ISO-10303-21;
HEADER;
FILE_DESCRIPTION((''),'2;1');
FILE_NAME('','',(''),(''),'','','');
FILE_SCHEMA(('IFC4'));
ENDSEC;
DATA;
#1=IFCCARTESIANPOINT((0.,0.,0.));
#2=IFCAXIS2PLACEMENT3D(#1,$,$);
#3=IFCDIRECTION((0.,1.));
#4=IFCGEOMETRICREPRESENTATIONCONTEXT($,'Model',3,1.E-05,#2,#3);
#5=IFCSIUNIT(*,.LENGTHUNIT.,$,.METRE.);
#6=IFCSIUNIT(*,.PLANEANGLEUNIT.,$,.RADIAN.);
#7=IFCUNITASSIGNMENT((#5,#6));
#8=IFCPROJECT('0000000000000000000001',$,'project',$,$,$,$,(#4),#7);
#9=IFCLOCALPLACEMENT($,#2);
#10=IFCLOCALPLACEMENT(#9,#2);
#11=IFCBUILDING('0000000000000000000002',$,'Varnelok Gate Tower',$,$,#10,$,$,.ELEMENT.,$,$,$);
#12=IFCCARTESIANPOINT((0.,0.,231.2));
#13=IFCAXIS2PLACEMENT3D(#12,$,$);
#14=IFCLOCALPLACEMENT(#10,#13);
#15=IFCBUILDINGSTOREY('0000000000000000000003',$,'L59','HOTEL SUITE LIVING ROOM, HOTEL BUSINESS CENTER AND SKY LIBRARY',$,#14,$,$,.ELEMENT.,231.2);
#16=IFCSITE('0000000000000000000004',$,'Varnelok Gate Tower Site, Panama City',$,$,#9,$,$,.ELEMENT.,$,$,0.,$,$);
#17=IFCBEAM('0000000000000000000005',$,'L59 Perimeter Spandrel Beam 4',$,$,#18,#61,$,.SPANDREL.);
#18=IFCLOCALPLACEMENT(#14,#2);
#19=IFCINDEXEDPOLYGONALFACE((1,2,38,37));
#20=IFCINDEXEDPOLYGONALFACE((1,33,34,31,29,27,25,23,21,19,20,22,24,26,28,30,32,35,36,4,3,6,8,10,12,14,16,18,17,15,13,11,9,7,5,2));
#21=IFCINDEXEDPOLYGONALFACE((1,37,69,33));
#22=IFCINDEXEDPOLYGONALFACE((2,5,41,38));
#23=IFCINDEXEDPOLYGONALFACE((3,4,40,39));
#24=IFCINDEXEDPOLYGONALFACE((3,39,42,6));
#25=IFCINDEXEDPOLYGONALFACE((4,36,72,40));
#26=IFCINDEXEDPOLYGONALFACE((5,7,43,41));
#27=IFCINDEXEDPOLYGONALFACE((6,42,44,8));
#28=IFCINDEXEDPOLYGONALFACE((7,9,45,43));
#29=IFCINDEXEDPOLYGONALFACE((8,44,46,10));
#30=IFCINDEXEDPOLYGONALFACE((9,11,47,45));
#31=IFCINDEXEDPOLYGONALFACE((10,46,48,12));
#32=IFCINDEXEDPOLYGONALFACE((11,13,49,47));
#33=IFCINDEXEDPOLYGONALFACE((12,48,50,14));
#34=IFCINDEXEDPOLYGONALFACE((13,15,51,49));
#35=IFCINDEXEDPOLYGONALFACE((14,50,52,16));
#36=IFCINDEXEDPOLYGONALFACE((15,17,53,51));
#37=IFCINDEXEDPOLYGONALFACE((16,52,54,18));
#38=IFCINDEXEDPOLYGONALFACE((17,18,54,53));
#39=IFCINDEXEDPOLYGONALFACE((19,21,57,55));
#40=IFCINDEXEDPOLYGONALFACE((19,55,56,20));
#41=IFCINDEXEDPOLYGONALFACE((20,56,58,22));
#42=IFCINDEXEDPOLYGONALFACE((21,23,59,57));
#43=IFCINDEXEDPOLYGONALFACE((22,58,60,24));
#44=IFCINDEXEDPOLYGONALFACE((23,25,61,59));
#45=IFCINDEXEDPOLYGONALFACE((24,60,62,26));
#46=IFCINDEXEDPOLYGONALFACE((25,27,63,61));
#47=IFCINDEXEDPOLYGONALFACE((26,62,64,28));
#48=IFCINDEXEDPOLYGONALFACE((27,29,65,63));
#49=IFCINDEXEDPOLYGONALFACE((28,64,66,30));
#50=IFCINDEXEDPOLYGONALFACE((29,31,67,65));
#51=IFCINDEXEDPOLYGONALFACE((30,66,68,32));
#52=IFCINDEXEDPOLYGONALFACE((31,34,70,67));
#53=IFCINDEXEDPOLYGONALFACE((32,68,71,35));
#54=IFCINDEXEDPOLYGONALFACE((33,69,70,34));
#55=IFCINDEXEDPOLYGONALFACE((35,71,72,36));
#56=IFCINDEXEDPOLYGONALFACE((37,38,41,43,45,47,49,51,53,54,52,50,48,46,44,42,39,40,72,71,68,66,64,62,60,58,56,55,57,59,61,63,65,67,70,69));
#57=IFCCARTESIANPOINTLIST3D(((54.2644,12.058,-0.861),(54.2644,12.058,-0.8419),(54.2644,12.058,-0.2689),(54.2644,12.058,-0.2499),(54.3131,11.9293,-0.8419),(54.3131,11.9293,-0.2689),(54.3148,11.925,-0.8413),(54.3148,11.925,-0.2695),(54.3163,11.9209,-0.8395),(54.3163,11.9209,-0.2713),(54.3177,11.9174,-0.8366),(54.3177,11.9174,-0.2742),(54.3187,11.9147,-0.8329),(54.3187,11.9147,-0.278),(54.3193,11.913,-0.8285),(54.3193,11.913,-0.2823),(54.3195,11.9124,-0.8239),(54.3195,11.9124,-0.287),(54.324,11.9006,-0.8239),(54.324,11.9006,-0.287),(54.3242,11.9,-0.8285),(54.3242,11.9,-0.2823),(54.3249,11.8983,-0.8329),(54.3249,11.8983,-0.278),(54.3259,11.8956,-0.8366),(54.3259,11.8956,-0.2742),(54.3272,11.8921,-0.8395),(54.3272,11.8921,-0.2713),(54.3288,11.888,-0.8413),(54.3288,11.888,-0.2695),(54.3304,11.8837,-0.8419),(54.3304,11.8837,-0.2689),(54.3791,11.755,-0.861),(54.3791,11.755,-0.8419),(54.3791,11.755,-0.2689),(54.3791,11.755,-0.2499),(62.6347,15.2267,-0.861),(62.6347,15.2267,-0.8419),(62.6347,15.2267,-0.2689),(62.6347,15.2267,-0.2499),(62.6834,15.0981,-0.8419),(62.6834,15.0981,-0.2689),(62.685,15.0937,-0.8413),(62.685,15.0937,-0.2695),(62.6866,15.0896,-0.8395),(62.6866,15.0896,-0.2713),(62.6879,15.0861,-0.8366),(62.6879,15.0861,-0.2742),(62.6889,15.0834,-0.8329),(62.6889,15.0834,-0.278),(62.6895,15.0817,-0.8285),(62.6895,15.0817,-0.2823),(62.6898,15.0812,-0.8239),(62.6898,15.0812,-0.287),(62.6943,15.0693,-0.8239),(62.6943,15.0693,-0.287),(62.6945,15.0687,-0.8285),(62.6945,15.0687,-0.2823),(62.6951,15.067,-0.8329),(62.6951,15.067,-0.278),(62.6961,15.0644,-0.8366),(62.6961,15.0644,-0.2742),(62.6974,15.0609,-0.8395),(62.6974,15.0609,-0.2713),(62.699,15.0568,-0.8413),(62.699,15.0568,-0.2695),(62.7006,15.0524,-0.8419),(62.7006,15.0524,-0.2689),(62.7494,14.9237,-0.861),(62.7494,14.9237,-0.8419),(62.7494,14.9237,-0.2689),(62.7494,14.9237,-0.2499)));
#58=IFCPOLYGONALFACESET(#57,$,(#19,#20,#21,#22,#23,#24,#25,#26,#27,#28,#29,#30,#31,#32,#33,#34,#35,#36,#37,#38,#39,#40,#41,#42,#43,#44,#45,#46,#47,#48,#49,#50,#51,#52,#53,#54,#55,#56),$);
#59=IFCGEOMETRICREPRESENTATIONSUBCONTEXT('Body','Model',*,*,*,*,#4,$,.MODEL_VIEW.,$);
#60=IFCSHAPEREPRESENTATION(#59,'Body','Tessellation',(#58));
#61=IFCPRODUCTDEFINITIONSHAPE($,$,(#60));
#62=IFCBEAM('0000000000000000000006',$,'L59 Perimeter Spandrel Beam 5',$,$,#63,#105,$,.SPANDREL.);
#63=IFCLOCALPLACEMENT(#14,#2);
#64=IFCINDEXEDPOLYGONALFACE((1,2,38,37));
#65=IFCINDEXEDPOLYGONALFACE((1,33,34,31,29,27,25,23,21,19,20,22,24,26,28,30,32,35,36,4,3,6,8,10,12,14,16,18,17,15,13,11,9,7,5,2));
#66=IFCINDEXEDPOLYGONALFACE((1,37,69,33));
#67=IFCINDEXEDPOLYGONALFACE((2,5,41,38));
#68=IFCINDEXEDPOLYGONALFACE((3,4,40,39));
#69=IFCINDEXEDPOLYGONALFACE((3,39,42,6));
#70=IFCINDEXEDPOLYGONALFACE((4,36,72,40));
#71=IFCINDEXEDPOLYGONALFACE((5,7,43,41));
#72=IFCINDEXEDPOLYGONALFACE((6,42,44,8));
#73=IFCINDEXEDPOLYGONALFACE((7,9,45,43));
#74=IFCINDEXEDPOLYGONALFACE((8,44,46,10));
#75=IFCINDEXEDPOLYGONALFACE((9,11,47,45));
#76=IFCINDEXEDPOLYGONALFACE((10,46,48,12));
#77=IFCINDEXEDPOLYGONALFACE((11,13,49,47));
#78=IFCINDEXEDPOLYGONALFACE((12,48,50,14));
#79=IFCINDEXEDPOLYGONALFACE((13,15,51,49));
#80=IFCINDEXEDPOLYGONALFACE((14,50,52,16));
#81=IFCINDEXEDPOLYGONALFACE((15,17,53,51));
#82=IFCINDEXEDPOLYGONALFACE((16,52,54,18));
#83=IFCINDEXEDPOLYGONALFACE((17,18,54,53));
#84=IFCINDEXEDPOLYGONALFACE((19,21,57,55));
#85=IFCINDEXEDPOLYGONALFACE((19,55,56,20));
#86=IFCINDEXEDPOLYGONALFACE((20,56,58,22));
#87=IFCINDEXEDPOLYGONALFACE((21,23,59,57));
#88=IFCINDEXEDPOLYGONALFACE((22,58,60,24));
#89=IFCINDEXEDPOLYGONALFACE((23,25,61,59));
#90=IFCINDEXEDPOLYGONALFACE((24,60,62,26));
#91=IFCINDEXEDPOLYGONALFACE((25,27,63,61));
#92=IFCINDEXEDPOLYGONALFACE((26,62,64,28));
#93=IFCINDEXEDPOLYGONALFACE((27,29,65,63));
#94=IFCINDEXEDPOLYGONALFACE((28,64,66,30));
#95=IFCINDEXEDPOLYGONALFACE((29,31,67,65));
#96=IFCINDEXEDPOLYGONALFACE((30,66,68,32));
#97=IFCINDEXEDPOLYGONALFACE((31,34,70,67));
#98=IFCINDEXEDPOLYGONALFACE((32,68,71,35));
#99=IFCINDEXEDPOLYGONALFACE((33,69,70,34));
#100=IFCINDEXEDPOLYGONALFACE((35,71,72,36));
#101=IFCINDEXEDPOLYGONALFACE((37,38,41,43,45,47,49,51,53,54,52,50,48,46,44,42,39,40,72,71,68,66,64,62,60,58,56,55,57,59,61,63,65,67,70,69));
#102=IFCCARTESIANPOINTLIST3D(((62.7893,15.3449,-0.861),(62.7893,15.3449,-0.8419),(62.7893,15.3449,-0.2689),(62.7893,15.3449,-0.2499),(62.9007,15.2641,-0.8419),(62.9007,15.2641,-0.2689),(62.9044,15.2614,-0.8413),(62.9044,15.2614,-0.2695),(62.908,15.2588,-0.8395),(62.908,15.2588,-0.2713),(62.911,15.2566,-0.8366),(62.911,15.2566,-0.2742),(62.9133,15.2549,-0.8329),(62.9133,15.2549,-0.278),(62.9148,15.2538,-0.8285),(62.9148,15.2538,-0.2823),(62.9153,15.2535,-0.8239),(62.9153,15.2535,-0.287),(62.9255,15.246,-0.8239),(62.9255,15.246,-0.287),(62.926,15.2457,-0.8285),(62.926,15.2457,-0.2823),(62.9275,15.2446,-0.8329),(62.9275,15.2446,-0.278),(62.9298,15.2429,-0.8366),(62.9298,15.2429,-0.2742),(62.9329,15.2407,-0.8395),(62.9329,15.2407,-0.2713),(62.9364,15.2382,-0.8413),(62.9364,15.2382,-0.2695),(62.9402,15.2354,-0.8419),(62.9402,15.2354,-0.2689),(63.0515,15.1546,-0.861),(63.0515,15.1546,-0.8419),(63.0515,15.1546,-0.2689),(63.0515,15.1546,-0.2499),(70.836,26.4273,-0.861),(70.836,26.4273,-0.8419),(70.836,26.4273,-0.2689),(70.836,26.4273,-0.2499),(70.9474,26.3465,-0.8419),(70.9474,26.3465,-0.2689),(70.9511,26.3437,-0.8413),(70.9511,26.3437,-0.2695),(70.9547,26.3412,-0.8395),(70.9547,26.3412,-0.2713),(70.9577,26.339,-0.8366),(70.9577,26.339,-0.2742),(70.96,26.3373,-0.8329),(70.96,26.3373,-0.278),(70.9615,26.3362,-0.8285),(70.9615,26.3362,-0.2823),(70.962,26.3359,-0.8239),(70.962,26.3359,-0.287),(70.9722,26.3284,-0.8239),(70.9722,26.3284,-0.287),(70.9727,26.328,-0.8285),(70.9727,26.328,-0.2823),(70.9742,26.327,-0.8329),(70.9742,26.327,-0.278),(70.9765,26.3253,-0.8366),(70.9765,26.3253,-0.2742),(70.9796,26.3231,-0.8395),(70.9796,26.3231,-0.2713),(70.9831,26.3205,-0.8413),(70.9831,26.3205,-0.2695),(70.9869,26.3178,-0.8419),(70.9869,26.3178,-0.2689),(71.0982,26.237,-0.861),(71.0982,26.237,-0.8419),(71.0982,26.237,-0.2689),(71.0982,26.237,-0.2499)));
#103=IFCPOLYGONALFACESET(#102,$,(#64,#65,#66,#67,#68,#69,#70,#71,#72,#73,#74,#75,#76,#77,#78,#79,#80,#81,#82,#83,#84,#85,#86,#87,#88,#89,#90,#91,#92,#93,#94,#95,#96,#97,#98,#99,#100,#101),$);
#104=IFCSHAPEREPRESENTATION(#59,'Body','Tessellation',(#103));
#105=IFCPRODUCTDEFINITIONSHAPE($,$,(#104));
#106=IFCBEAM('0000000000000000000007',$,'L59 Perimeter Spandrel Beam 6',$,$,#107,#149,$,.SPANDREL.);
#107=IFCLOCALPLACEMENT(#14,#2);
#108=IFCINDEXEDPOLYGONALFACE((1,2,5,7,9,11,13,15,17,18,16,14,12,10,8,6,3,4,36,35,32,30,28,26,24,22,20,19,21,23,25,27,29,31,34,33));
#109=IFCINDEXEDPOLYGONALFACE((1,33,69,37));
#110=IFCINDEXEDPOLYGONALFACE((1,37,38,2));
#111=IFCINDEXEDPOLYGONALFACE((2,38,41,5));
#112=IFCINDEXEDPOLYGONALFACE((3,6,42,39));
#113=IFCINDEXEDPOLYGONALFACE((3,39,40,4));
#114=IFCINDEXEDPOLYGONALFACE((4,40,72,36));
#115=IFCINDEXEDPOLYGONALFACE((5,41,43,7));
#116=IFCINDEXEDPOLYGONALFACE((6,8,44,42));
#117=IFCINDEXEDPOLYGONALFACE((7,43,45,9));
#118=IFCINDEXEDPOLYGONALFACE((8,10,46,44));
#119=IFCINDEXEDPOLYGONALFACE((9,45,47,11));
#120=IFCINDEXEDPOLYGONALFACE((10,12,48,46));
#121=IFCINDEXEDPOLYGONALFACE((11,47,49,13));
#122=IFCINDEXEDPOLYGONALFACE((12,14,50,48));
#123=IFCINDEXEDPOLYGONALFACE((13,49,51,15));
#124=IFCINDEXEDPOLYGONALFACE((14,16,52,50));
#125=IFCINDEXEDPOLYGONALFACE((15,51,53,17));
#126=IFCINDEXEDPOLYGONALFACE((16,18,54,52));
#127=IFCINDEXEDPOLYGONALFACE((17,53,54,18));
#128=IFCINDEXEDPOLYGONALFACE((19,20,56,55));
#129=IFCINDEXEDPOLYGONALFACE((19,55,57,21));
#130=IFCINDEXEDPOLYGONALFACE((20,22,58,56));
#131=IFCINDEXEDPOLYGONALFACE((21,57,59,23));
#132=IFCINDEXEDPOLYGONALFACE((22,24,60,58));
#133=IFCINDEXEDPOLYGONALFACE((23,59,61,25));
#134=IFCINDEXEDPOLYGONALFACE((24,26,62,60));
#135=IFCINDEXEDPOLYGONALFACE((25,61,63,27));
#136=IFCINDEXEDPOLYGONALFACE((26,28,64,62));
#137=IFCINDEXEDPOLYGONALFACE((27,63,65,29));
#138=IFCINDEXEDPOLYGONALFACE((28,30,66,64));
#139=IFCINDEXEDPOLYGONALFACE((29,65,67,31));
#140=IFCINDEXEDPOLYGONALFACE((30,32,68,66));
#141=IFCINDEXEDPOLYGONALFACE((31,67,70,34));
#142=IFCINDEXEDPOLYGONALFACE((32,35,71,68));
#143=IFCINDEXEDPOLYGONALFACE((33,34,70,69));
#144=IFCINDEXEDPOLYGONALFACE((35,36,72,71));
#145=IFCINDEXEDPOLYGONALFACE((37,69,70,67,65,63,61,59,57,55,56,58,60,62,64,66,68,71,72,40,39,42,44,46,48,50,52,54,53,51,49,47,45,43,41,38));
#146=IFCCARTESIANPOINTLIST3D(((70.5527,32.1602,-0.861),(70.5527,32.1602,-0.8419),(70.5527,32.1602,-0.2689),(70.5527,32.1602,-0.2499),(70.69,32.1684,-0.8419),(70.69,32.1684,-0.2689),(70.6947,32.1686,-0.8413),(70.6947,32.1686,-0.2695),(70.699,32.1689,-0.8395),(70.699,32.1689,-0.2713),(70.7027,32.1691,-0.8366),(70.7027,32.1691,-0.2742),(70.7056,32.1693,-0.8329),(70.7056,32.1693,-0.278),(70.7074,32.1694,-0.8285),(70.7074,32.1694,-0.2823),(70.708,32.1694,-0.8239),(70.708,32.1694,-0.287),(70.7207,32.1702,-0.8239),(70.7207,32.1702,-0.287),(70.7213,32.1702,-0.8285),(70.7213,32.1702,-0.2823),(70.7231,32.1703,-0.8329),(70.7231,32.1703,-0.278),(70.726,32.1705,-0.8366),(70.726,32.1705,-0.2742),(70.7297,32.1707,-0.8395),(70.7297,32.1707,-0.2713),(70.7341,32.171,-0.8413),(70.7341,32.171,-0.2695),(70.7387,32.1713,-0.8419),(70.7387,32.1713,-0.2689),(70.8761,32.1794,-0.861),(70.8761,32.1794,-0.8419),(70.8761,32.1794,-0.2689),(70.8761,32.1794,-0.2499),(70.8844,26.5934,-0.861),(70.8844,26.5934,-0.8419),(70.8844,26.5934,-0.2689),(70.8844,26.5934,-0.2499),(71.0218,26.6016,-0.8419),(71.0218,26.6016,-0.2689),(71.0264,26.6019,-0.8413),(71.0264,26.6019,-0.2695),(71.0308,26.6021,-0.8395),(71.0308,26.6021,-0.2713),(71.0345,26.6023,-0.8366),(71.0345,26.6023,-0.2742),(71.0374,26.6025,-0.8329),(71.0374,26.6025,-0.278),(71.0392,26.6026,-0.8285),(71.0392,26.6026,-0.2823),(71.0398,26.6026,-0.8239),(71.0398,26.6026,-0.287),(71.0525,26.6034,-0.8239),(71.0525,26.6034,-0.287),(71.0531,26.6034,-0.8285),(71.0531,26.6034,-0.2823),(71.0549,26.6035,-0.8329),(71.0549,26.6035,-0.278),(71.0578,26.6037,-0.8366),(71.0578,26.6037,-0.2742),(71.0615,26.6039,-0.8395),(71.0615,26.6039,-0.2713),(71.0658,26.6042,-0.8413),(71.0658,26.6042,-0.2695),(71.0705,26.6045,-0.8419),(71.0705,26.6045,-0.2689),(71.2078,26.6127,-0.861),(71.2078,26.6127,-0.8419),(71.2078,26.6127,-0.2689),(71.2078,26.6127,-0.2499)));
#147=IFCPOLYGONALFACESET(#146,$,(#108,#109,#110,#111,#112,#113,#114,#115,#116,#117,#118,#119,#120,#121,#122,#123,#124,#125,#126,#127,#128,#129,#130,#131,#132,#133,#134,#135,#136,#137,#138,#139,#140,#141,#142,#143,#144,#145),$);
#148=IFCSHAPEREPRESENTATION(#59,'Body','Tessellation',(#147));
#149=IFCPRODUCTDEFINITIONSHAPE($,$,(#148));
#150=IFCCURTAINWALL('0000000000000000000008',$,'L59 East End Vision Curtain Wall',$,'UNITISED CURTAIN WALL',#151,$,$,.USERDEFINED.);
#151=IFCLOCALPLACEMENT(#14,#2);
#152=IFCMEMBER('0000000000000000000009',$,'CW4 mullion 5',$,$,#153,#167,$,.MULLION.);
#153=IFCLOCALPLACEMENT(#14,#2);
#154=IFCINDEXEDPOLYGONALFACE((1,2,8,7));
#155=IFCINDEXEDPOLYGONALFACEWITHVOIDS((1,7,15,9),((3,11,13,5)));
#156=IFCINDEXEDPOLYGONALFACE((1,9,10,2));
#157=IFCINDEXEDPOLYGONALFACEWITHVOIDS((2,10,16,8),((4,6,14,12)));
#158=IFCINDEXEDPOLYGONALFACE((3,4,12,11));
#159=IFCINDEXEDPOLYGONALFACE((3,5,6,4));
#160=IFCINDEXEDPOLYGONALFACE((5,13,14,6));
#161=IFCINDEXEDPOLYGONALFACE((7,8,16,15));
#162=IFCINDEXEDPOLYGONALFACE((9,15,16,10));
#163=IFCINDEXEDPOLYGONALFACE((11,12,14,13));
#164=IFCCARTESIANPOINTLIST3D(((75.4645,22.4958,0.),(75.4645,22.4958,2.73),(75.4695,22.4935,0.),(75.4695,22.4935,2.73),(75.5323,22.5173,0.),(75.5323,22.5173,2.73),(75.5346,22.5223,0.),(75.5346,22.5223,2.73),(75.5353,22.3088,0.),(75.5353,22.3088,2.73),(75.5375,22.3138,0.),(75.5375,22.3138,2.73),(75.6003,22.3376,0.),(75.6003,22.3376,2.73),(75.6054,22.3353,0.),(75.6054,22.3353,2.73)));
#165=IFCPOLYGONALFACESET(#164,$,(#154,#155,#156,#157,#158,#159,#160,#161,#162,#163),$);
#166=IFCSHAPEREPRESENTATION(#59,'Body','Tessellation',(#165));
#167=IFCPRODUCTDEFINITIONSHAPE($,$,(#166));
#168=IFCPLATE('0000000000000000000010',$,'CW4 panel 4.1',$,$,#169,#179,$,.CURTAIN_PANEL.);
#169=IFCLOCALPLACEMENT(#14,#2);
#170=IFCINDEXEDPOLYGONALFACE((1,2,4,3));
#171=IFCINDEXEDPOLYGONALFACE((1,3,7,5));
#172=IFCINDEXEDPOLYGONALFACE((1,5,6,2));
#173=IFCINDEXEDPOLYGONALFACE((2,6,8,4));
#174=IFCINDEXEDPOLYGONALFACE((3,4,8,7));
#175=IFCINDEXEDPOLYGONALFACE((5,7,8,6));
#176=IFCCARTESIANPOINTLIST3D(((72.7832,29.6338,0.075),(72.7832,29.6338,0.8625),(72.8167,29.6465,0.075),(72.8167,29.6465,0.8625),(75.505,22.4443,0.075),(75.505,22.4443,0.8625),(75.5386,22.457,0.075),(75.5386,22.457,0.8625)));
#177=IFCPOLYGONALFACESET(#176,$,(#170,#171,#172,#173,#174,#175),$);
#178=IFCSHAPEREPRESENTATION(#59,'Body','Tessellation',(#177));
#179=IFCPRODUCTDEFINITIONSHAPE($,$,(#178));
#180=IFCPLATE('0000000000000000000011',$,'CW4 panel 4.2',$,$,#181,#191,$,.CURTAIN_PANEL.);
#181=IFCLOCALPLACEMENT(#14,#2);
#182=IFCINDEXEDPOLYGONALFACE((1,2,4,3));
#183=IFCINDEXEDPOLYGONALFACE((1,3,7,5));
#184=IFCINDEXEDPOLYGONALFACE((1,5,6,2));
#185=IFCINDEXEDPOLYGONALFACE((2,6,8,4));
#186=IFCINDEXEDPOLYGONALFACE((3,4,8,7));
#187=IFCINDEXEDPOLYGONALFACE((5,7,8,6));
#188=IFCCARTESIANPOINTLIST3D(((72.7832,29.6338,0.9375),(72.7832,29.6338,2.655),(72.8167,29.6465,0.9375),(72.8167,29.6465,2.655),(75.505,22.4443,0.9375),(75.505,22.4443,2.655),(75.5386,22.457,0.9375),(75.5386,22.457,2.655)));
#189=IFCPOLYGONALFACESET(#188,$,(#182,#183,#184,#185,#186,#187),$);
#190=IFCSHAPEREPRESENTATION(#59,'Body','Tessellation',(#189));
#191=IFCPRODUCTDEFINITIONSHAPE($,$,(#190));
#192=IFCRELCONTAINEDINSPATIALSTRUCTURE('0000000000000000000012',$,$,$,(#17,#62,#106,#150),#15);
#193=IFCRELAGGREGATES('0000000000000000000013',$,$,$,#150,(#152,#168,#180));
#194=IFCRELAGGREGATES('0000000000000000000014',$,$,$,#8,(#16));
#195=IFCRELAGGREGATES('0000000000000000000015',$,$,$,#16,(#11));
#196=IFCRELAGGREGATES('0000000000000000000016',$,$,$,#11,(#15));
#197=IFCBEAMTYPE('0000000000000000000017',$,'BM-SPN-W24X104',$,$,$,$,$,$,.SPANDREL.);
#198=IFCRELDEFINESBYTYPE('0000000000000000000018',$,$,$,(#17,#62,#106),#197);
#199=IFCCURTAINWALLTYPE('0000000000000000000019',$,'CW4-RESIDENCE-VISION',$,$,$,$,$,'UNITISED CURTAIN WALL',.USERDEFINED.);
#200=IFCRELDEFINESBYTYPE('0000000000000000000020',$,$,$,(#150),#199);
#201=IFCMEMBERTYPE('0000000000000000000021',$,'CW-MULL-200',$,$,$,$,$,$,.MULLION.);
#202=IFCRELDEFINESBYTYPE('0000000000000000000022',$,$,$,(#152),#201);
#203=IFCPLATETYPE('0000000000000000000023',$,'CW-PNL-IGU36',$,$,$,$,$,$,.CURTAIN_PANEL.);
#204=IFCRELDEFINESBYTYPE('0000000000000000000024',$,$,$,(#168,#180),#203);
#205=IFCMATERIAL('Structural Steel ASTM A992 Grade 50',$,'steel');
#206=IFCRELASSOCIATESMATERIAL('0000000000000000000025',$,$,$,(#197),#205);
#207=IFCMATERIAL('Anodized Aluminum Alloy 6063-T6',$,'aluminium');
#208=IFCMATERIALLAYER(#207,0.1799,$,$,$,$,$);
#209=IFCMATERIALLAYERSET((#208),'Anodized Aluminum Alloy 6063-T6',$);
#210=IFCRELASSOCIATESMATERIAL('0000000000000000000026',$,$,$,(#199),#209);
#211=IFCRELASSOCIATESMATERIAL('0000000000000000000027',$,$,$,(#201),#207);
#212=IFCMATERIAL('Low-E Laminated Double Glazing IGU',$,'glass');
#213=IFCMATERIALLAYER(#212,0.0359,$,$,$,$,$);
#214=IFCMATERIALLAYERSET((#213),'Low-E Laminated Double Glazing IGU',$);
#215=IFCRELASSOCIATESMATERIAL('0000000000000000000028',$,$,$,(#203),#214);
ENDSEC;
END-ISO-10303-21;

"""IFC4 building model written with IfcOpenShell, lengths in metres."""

from ifc_helpers import new_model, si_unit, direction, frame, origin, origin_2d, place, context, subcontext, project, spatial, rectangle, hollow_rectangle, i_section, extrude, source, transform, mapped, material, layer, layer_set, material_profile, profile_set, type_object, element, aggregate, save


model = new_model("IFC4")

# Units and contexts
model_context = context("Model", 3, precision=1e-05, world=origin(), true_north=direction((0.0, 1.0)))
body_context = subcontext(model_context, "Body", "Model", "MODEL_VIEW")
ifc_project = project(units=[si_unit("LENGTHUNIT", "METRE"), si_unit("PLANEANGLEUNIT", "RADIAN")], contexts=[model_context])

# Site, building, storey
site_placement = place(None, origin())
site = spatial("IfcSite", under=ifc_project, at=site_placement, Name="Varnelok Gate Tower Site, Panama City", CompositionType="ELEMENT", RefElevation=0.0)
building_placement = place(site_placement, origin())
building = spatial("IfcBuilding", under=site, at=building_placement, Name="Varnelok Gate Tower", CompositionType="ELEMENT")
storey_placement = place(building_placement, frame((0.0, 0.0, 231.2)))
storey = spatial("IfcBuildingStorey", under=building, at=storey_placement, Name="L59", Description="HOTEL SUITE LIVING ROOM, HOTEL BUSINESS CENTER AND SKY LIBRARY", CompositionType="ELEMENT", Elevation=231.2)

# Shared definitions
ifc_material_1 = material(Name="Structural Steel ASTM A992 Grade 50", Category="steel")

# Beams
ifc_material_profile_1 = material_profile(ifc_material_1, i_section(OverallWidth=0.324, OverallDepth=0.6111, WebThickness=0.0127, FlangeThickness=0.019, FilletRadius=0.0181, at=origin_2d()), Name="W24X104")
ifc_profile_set_1 = profile_set([ifc_material_profile_1], Name="Structural Steel ASTM A992 Grade 50")
beam_type_1 = type_object("IfcBeamType", Name="BM-SPN-W24X104", PredefinedType="SPANDREL", material=ifc_profile_set_1)
beam_1_placement = place(storey_placement, frame((54.3218, 11.9065, -0.5554), z_axis=(0.935226, 0.354051, 0.0), x_axis=(-0.354051, 0.935226, 0.0)))
element("IfcBeam", 1, at=beam_1_placement, inside=storey, type_object=beam_type_1, Name="L59 Perimeter Spandrel Beam 4", PredefinedType="SPANDREL", context=body_context, shape_type="SweptSolid", body=[
    extrude(i_section(OverallWidth=0.324, OverallDepth=0.6111, WebThickness=0.0127, FlangeThickness=0.019, FilletRadius=0.0181, at=origin_2d()), origin(), (0.0, 0.0, 1.0), 8.95),
])
beam_2_placement = place(storey_placement, frame((62.9204, 15.2498, -0.5554), z_axis=(0.587541, 0.809195, 0.0), x_axis=(-0.809195, 0.587541, 0.0)))
element("IfcBeam", 2, at=beam_2_placement, inside=storey, type_object=beam_type_1, Name="L59 Perimeter Spandrel Beam 5", PredefinedType="SPANDREL", context=body_context, shape_type="SweptSolid", body=[
    extrude(i_section(OverallWidth=0.324, OverallDepth=0.6111, WebThickness=0.0127, FlangeThickness=0.019, FilletRadius=0.0181, at=origin_2d()), origin(), (0.0, 0.0, 1.0), 13.6956),
])
beam_3_placement = place(storey_placement, frame((71.0461, 26.603, -0.5554), z_axis=(-0.059494, 0.998229, 0.0), x_axis=(-0.998229, -0.059494, 0.0)))
element("IfcBeam", 3, at=beam_3_placement, inside=storey, type_object=beam_type_1, Name="L59 Perimeter Spandrel Beam 6", PredefinedType="SPANDREL", context=body_context, shape_type="SweptSolid", body=[
    extrude(i_section(OverallWidth=0.324, OverallDepth=0.6111, WebThickness=0.0127, FlangeThickness=0.019, FilletRadius=0.0181, at=origin_2d()), origin(), (0.0, 0.0, 1.0), 5.5767),
])

# Curtain wall, member, plates
ifc_material_2 = material(Name="Anodized Aluminum Alloy 6063-T6", Category="aluminium")
ifc_layer_1 = layer(ifc_material_2, 0.1799)
ifc_layer_set_1 = layer_set([ifc_layer_1], Name="Anodized Aluminum Alloy 6063-T6")
curtain_wall_type = type_object("IfcCurtainWallType", Name="CW4-RESIDENCE-VISION", ElementType="UNITISED CURTAIN WALL", PredefinedType="USERDEFINED", material=ifc_layer_set_1)
curtain_wall_placement = place(storey_placement, origin())
curtain_wall = element("IfcCurtainWall", 4, at=curtain_wall_placement, inside=storey, type_object=curtain_wall_type, Name="L59 East End Vision Curtain Wall", ObjectType="UNITISED CURTAIN WALL", PredefinedType="USERDEFINED")
ifc_material_profile_2 = material_profile(ifc_material_2, hollow_rectangle(XDim=0.075, YDim=0.2, WallThickness=0.0039, at=origin_2d()), Name="ALU200X75X4")
ifc_profile_set_2 = profile_set([ifc_material_profile_2], Name="Anodized Aluminum Alloy 6063-T6")
member_type = type_object("IfcMemberType", Name="CW-MULL-200", PredefinedType="MULLION", material=ifc_profile_set_2)
member_placement = place(storey_placement, frame((75.5349, 22.4155, 0.0), z_axis=(0.0, 0.0, 1.0), x_axis=(0.935222, 0.354063, 0.0)))
member = element("IfcMember", 5, at=member_placement, type_object=member_type, Name="CW4 mullion 5", PredefinedType="MULLION", context=body_context, shape_type="SweptSolid", body=[
    extrude(hollow_rectangle(XDim=0.075, YDim=0.2, WallThickness=0.0039, at=origin_2d()), origin(), (0.0, 0.0, 1.0), 2.73),
])
ifc_material_3 = material(Name="Low-E Laminated Double Glazing IGU", Category="glass")
ifc_layer_2 = layer(ifc_material_3, 0.0359)
ifc_layer_set_2 = layer_set([ifc_layer_2], Name="Low-E Laminated Double Glazing IGU")
plate_type = type_object("IfcPlateType", Name="CW-PNL-IGU36", PredefinedType="CURTAIN_PANEL", material=ifc_layer_set_2)
shared_shape_1 = source(origin(), body_context, "Body", "SweptSolid", [
    extrude(rectangle(XDim=7.6875, YDim=0.0359, at=origin_2d()), origin(), (0.0, 0.0, 1.0), 0.7876),
])
plate_1_placement = place(storey_placement, frame((74.1609, 26.0454, 0.075), z_axis=(0.0, 0.0, 1.0), x_axis=(0.354063, -0.935222, 0.0)))
plate_1 = element("IfcPlate", 6, at=plate_1_placement, type_object=plate_type, Name="CW4 panel 4.1", PredefinedType="CURTAIN_PANEL", context=body_context, shape_type="MappedRepresentation", body=[
    mapped(shared_shape_1, transform((0.0, 0.0, 0.0), scale=1.0)),
])
shared_shape_2 = source(origin(), body_context, "Body", "SweptSolid", [
    extrude(rectangle(XDim=7.6875, YDim=0.0359, at=origin_2d()), origin(), (0.0, 0.0, 1.0), 1.7175),
])
plate_2_placement = place(storey_placement, frame((74.1609, 26.0454, 0.9375), z_axis=(0.0, 0.0, 1.0), x_axis=(0.354063, -0.935222, 0.0)))
plate_2 = element("IfcPlate", 7, at=plate_2_placement, type_object=plate_type, Name="CW4 panel 4.2", PredefinedType="CURTAIN_PANEL", context=body_context, shape_type="MappedRepresentation", body=[
    mapped(shared_shape_2, transform((0.0, 0.0, 0.0), scale=1.0)),
])
aggregate(curtain_wall, [member, plate_1, plate_2])

save(model, "model.ifc")
